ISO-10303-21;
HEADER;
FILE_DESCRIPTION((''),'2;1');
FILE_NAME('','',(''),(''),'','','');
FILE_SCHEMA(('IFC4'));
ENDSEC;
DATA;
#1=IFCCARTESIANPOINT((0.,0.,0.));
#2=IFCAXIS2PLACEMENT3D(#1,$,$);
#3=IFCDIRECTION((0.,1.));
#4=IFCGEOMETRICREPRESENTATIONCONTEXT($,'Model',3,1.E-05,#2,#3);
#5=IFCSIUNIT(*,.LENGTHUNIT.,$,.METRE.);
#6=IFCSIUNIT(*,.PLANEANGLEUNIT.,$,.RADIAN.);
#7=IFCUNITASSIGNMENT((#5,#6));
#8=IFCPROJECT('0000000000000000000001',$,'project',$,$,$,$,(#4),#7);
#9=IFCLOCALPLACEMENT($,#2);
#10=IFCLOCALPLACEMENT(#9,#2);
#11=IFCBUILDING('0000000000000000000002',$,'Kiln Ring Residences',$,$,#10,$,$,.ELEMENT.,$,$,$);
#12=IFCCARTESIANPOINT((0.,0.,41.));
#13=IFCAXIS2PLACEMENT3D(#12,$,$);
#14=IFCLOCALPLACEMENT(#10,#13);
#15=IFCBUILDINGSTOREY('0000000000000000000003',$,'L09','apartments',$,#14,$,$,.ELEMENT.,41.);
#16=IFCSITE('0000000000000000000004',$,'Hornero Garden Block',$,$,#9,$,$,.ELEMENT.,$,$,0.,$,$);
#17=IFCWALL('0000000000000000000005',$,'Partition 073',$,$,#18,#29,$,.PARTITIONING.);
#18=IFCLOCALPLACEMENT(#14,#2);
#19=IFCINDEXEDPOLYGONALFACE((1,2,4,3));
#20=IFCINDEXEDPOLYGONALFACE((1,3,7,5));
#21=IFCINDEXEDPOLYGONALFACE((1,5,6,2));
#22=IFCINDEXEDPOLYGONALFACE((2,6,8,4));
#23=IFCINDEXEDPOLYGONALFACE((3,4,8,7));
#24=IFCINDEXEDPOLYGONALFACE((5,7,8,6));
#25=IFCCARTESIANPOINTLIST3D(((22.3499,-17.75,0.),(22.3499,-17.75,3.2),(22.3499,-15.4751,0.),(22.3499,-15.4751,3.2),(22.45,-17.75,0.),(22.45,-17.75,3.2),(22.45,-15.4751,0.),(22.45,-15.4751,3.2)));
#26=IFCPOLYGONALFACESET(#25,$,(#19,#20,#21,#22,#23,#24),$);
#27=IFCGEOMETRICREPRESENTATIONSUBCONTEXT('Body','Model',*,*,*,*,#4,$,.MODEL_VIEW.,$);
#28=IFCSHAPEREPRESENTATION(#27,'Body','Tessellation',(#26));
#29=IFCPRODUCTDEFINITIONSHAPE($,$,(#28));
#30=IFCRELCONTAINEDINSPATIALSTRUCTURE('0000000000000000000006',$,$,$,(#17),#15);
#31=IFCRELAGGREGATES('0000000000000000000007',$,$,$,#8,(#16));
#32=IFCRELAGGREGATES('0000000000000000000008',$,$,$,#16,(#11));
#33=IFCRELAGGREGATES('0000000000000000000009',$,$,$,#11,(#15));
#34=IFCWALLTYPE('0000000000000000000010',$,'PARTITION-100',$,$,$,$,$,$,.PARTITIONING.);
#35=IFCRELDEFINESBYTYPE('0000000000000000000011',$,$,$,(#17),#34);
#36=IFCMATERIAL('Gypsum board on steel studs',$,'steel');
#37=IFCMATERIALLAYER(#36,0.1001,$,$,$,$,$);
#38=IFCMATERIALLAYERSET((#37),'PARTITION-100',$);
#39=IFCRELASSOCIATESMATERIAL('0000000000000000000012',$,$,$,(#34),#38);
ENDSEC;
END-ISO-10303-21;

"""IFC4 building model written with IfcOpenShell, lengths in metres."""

from ifc_helpers import new_model, si_unit, direction, frame, frame_2d, origin, place, context, subcontext, project, spatial, rectangle, extrude, material, layer, layer_set, type_object, element, save


model = new_model("IFC4")

# Units and contexts
model_context = context("Model", 3, precision=1e-05, world=origin(), true_north=direction((0.0, 1.0)))
body_context = subcontext(model_context, "Body", "Model", "MODEL_VIEW")
ifc_project = project(units=[si_unit("LENGTHUNIT", "METRE"), si_unit("PLANEANGLEUNIT", "RADIAN")], contexts=[model_context])

# Site, building, storey
site_placement = place(None, origin())
site = spatial("IfcSite", under=ifc_project, at=site_placement, Name="Hornero Garden Block", CompositionType="ELEMENT", RefElevation=0.0)
building_placement = place(site_placement, origin())
building = spatial("IfcBuilding", under=site, at=building_placement, Name="Kiln Ring Residences", CompositionType="ELEMENT")
storey_placement = place(building_placement, frame((0.0, 0.0, 41.0)))
storey = spatial("IfcBuildingStorey", under=building, at=storey_placement, Name="L09", Description="apartments", CompositionType="ELEMENT", Elevation=41.0)

# Shared definitions
ifc_material_1 = material(Name="Gypsum board on steel studs", Category="steel")
ifc_layer_1 = layer(ifc_material_1, 0.1001)
ifc_layer_set_1 = layer_set([ifc_layer_1], Name="PARTITION-100")
wall_type_1 = type_object("IfcWallType", Name="PARTITION-100", PredefinedType="PARTITIONING", material=ifc_layer_set_1)

# Wall
wall_1_placement = place(storey_placement, frame((22.3999, -17.75, 0.0), z_axis=(0.0, 0.0, 1.0), x_axis=(0.0, 1.0, 0.0)))
element("IfcWall", 1, at=wall_1_placement, inside=storey, type_object=wall_type_1, Name="Partition 073", PredefinedType="PARTITIONING", context=body_context, shape_type="SweptSolid", body=[
    extrude(rectangle(XDim=2.2749, YDim=0.1001, at=frame_2d((1.1375, 0.0))), origin(), (0.0, 0.0, 1.0), 3.2),
])

save(model, "model.ifc")
